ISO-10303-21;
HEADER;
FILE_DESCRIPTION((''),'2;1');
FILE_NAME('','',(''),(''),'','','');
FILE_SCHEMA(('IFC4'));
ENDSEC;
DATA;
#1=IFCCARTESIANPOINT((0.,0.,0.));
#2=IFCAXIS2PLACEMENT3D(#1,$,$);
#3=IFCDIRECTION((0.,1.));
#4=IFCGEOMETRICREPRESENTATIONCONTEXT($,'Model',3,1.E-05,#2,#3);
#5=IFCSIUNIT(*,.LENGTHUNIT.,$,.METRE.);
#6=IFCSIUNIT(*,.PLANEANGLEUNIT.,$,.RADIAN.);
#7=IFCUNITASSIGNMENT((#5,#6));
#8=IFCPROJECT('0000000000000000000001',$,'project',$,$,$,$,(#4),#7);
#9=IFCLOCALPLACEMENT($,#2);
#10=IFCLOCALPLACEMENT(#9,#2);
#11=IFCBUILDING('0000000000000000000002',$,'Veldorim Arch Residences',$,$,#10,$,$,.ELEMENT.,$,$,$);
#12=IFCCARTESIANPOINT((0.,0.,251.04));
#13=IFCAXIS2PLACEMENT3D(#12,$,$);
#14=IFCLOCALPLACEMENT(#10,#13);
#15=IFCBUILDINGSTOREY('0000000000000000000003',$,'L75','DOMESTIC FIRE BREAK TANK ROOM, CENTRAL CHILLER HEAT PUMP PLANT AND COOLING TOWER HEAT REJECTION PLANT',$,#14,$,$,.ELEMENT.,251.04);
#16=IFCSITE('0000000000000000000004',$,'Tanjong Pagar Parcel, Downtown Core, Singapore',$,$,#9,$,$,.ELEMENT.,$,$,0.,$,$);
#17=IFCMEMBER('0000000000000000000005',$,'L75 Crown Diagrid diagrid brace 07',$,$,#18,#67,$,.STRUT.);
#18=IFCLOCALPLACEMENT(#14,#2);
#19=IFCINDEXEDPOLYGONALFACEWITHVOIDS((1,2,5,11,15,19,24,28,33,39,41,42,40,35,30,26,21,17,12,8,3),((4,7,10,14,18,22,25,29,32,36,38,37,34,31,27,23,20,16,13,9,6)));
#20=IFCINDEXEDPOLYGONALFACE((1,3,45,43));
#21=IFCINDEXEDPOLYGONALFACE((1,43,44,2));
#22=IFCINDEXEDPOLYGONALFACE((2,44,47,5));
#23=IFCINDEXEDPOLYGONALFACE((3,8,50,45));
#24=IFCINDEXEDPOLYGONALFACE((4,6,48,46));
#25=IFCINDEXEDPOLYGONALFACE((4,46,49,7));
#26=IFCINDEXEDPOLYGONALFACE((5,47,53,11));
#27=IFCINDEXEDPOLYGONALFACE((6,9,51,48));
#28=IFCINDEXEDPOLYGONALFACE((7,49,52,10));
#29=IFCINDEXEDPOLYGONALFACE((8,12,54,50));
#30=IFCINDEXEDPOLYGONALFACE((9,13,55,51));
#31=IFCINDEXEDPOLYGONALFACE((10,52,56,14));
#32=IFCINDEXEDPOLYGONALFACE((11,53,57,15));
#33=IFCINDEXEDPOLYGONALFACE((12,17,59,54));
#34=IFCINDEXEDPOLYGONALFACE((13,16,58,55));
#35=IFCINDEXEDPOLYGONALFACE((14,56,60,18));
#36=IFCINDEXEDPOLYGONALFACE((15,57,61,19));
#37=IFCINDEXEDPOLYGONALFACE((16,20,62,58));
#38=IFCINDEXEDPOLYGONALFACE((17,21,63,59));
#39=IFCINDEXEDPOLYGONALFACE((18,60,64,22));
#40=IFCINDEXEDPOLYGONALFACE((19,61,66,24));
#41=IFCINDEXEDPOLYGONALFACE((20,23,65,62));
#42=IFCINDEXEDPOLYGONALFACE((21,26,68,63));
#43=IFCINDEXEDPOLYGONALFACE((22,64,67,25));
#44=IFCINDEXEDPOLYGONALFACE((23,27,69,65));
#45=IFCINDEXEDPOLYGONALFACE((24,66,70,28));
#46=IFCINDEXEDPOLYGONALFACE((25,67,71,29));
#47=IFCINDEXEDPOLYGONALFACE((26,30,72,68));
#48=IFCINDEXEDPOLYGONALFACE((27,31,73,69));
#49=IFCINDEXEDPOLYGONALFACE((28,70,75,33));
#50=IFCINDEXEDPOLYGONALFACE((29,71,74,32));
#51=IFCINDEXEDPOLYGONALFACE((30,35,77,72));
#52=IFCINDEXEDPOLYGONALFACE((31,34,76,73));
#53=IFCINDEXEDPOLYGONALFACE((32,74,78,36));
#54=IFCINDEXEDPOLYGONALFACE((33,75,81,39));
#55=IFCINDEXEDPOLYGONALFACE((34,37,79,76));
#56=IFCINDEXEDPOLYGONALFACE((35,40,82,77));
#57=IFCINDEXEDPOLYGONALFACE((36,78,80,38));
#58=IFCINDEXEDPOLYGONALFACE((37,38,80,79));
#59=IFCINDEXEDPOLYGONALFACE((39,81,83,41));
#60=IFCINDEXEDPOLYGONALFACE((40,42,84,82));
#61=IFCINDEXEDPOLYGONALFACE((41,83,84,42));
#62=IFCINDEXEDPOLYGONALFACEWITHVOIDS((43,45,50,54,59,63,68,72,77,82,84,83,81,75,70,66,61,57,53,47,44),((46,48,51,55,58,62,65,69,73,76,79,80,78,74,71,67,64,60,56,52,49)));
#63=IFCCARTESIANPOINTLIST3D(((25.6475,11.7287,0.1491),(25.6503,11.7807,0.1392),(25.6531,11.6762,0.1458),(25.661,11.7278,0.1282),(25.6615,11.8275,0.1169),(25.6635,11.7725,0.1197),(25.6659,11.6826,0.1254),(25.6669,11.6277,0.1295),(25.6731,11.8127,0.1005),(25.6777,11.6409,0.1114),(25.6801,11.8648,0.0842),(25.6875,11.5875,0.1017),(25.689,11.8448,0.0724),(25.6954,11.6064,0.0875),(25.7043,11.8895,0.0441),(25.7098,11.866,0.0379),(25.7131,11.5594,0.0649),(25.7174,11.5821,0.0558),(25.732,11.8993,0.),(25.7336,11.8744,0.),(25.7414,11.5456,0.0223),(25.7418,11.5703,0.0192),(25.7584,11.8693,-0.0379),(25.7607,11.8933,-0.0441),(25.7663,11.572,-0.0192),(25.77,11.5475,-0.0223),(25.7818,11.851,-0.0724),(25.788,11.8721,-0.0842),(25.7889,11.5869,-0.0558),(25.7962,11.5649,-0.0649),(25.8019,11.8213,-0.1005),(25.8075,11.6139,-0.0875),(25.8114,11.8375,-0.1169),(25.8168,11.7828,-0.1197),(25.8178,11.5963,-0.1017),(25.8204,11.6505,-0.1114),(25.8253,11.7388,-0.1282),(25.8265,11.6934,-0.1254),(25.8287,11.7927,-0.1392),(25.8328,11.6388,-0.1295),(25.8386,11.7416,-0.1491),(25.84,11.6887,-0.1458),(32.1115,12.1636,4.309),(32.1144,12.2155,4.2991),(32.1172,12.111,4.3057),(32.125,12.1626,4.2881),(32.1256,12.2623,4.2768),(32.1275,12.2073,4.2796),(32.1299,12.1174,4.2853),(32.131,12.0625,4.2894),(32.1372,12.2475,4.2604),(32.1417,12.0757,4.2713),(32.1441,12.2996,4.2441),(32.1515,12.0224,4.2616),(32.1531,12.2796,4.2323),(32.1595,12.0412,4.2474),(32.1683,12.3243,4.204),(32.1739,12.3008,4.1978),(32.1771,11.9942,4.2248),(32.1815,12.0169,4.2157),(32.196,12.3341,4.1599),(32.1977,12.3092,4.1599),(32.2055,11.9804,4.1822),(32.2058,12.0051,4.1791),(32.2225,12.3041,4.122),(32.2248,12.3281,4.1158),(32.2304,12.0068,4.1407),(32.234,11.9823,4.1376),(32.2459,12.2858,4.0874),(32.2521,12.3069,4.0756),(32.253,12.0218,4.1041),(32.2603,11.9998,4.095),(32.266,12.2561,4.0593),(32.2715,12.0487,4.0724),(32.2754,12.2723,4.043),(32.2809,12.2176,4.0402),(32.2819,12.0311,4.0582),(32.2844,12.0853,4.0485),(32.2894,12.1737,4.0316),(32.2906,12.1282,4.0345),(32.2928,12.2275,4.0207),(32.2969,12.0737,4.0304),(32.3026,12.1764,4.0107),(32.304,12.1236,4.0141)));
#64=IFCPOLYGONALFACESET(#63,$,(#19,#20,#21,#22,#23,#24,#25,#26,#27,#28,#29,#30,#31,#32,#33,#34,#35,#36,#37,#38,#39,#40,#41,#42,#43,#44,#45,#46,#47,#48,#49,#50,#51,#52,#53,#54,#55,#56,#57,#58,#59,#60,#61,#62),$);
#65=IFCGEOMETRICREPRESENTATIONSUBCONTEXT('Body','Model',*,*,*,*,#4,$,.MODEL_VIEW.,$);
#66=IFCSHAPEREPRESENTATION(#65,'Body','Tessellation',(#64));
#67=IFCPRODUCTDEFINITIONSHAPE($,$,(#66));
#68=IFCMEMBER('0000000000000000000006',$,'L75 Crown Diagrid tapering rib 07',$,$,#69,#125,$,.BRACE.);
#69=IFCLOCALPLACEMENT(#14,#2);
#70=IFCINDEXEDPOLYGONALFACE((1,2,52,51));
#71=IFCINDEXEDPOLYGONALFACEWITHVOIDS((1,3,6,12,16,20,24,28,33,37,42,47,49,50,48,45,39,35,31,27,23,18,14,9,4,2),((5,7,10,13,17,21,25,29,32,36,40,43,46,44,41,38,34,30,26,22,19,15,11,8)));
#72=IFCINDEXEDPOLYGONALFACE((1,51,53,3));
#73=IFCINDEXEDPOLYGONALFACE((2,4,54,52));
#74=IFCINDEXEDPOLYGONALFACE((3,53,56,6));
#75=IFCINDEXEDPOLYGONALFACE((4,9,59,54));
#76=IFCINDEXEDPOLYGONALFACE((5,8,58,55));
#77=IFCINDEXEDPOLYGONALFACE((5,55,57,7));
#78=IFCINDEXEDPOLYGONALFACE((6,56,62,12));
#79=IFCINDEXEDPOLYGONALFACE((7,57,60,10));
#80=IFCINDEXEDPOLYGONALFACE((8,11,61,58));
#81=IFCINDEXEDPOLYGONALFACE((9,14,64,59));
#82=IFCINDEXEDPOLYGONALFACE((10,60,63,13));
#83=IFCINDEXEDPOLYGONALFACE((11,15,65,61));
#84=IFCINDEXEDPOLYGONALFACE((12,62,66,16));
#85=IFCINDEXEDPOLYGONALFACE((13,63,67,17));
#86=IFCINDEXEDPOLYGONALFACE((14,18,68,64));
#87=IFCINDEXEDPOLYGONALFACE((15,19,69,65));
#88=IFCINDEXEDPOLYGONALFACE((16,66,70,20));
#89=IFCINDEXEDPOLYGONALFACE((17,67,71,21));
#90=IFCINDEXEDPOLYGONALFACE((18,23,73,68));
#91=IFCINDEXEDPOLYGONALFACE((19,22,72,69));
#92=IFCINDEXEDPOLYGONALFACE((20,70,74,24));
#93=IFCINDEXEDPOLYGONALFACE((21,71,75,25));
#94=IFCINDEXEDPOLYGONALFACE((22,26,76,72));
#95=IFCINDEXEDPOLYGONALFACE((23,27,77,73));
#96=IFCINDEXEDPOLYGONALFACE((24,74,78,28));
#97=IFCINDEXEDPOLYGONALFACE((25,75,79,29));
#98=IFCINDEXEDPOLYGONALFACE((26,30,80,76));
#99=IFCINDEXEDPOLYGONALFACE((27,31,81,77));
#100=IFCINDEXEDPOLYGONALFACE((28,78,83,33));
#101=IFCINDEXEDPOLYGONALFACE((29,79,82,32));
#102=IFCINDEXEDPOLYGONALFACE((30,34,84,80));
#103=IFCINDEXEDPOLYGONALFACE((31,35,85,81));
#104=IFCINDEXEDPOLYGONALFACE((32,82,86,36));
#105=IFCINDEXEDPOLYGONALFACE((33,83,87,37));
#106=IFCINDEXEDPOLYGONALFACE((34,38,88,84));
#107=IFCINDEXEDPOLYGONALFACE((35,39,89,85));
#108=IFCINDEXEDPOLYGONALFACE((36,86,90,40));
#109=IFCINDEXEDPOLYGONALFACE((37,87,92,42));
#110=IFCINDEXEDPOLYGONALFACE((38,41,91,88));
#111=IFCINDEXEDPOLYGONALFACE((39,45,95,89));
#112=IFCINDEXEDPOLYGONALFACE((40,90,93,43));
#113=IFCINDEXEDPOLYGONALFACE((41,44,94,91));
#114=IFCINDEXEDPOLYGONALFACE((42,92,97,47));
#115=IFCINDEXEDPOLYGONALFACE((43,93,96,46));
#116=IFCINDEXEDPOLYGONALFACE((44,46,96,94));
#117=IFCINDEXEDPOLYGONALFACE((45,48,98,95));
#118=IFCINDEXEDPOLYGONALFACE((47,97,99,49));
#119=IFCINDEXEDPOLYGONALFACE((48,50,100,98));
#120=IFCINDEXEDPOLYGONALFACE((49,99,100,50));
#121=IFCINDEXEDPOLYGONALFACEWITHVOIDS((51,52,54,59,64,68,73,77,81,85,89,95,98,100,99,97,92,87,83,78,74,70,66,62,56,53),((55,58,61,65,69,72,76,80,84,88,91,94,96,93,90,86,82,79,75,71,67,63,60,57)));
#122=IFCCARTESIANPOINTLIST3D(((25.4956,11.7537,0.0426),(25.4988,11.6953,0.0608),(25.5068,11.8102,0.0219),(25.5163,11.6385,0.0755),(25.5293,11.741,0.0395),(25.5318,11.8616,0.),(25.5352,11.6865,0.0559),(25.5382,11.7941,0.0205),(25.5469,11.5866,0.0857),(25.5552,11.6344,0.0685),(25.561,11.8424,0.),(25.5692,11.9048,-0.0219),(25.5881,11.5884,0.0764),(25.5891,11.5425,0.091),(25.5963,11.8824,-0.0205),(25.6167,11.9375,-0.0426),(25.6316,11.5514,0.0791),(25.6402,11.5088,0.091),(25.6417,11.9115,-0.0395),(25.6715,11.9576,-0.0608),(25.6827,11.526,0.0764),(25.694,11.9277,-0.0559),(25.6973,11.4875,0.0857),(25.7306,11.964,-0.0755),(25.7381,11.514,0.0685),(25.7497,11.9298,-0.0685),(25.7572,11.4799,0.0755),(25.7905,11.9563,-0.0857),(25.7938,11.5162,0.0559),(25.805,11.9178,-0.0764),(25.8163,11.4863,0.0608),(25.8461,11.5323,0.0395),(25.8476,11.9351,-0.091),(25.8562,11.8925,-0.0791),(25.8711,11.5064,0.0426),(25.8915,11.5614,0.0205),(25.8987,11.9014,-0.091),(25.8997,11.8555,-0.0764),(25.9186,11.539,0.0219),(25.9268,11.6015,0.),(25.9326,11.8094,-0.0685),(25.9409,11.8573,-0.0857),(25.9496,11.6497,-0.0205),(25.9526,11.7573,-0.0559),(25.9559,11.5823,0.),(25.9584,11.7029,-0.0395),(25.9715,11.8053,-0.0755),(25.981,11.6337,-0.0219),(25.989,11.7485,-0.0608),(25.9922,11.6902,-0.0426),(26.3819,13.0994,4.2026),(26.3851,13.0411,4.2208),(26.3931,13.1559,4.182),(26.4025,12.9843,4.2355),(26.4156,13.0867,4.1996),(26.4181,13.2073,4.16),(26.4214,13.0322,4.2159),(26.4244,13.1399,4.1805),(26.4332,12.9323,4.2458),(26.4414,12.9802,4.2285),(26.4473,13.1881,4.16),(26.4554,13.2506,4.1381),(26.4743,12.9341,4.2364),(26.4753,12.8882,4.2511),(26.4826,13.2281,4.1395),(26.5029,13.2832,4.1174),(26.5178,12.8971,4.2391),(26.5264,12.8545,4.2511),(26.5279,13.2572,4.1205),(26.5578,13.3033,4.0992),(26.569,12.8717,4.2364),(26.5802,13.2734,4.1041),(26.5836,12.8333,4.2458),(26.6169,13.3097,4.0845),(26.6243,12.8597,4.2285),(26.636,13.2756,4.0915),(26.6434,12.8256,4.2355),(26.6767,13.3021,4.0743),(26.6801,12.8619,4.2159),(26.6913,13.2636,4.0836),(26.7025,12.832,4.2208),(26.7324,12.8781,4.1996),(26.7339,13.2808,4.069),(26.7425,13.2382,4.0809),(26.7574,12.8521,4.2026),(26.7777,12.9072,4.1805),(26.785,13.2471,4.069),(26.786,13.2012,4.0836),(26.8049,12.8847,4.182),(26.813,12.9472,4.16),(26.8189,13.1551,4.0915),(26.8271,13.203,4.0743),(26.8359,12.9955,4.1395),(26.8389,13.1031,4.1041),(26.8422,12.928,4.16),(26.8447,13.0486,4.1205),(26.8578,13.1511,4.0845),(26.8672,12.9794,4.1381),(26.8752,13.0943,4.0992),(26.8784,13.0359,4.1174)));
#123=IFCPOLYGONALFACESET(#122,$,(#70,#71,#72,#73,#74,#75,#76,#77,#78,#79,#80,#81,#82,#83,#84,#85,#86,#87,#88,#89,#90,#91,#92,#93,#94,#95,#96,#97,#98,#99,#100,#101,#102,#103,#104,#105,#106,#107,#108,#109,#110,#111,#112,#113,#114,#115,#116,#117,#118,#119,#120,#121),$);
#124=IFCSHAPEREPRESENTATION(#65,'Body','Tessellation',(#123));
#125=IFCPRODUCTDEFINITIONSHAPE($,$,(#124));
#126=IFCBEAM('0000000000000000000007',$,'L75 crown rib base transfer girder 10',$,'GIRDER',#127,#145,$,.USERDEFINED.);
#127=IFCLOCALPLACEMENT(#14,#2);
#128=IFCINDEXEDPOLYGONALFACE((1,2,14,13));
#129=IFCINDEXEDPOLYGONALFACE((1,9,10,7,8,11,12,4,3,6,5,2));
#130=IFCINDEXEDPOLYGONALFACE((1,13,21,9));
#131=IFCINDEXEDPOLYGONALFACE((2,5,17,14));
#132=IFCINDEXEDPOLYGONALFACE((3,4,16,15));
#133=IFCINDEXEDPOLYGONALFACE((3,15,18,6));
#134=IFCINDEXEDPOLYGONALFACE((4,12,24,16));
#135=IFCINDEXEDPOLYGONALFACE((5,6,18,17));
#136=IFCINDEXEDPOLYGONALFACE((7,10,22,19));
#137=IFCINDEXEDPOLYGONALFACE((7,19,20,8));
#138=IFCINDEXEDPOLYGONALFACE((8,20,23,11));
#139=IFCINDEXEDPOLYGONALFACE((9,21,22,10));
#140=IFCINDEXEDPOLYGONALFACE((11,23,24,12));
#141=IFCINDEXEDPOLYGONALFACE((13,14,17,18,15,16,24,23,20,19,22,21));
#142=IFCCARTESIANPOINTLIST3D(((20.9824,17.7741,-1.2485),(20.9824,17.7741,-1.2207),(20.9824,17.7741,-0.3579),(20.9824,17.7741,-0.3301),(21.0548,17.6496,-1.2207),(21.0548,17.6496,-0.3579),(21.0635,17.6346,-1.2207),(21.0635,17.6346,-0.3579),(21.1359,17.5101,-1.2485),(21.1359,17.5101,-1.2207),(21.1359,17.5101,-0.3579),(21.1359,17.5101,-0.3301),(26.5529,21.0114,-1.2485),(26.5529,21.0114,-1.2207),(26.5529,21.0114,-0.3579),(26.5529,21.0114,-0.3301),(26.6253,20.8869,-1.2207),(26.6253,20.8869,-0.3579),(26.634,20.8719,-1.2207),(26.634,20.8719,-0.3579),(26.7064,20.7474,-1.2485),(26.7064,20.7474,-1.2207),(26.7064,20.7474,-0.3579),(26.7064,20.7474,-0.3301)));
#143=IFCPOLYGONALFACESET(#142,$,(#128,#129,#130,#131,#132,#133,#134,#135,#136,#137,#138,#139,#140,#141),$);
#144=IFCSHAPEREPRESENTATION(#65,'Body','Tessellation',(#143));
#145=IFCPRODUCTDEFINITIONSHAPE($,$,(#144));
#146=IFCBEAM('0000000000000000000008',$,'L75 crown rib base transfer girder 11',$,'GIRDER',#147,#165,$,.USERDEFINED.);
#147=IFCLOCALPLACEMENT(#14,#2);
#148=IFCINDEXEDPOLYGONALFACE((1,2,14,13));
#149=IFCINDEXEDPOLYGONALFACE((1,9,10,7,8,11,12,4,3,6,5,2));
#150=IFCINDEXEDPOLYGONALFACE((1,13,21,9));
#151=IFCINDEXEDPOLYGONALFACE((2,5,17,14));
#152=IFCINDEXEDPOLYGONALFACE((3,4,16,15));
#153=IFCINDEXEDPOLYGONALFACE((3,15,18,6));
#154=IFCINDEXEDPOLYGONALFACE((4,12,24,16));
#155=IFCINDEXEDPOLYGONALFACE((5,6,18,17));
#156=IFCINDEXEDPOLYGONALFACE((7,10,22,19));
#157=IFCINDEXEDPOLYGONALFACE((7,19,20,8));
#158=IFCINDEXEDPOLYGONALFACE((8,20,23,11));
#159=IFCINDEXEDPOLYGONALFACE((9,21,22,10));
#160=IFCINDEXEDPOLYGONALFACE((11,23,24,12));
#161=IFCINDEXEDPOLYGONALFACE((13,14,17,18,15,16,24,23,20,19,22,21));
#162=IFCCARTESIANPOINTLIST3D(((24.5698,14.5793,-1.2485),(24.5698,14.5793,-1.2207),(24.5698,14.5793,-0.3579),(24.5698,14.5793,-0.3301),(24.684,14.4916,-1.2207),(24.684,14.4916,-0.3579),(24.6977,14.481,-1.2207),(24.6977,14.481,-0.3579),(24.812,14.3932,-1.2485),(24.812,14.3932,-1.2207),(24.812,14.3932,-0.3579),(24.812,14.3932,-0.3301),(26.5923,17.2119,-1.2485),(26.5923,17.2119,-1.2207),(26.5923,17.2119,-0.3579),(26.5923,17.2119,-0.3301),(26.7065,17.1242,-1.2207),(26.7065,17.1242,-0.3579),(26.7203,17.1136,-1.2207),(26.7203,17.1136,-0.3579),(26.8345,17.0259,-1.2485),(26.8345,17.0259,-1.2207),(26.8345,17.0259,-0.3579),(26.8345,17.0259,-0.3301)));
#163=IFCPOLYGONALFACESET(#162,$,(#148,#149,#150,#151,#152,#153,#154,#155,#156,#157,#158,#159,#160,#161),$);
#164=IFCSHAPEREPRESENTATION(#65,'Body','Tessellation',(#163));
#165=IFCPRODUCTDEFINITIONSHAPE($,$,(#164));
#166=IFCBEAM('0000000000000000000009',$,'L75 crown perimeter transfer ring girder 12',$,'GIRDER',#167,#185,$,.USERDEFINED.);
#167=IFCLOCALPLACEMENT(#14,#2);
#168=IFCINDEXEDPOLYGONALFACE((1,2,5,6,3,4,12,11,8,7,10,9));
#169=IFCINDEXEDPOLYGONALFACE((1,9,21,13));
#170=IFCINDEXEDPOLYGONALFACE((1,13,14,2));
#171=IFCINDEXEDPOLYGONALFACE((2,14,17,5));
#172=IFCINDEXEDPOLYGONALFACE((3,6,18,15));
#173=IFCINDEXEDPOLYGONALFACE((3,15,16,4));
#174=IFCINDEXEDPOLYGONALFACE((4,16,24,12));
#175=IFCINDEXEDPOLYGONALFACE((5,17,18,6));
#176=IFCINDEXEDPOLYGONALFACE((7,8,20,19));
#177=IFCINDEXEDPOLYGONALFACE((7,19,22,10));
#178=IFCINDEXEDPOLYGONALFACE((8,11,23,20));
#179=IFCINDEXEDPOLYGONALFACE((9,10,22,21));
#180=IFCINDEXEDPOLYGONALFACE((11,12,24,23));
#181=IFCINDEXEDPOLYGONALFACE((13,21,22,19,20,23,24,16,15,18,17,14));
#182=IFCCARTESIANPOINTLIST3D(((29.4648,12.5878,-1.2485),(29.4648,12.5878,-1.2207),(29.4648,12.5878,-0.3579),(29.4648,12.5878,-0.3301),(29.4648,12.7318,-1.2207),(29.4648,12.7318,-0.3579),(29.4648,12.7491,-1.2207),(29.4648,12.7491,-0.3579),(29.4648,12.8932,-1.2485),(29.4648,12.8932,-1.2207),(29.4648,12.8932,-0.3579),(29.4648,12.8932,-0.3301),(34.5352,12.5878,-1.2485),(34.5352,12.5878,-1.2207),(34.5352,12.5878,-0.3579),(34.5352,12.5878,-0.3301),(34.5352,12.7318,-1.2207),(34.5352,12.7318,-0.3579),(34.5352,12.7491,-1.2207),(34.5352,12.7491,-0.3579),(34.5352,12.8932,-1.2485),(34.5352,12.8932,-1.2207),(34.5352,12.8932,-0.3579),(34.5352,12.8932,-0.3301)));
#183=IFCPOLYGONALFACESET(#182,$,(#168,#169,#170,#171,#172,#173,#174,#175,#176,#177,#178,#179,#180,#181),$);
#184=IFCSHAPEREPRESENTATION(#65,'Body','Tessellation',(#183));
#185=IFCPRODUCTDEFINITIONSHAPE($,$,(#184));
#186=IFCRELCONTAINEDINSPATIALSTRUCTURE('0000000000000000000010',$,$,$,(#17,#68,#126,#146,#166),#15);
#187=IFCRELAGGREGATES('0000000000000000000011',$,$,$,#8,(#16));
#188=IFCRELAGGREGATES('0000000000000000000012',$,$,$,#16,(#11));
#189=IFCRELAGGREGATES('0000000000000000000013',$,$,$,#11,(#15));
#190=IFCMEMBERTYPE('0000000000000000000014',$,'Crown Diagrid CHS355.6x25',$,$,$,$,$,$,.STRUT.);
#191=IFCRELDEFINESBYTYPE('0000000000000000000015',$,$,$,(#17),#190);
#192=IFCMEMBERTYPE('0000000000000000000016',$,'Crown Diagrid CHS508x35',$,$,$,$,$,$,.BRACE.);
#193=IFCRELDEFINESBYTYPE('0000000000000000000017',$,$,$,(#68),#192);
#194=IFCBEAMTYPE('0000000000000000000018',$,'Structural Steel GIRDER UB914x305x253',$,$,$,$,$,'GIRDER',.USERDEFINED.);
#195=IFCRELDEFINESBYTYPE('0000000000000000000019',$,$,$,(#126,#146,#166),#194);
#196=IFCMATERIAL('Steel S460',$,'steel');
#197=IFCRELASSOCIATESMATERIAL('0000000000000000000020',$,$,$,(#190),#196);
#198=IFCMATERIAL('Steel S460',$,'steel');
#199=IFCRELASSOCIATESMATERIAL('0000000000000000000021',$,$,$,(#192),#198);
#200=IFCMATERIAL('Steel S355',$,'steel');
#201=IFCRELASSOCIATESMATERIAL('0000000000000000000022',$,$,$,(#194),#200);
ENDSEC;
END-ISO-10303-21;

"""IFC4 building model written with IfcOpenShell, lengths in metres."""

from ifc_helpers import new_model, si_unit, direction, frame, origin, origin_2d, place, context, subcontext, project, spatial, hollow_circle, i_section, extrude, material, material_profile, profile_set, type_object, element, save


model = new_model("IFC4")

# Units and contexts
model_context = context("Model", 3, precision=1e-05, world=origin(), true_north=direction((0.0, 1.0)))
body_context = subcontext(model_context, "Body", "Model", "MODEL_VIEW")
ifc_project = project(units=[si_unit("LENGTHUNIT", "METRE"), si_unit("PLANEANGLEUNIT", "RADIAN")], contexts=[model_context])

# Site, building, storey
site_placement = place(None, origin())
site = spatial("IfcSite", under=ifc_project, at=site_placement, Name="Tanjong Pagar Parcel, Downtown Core, Singapore", CompositionType="ELEMENT", RefElevation=0.0)
building_placement = place(site_placement, origin())
building = spatial("IfcBuilding", under=site, at=building_placement, Name="Veldorim Arch Residences", CompositionType="ELEMENT")
storey_placement = place(building_placement, frame((0.0, 0.0, 251.04)))
storey = spatial("IfcBuildingStorey", under=building, at=storey_placement, Name="L75", Description="DOMESTIC FIRE BREAK TANK ROOM, CENTRAL CHILLER HEAT PUMP PLANT AND COOLING TOWER HEAT REJECTION PLANT", CompositionType="ELEMENT", Elevation=251.04)

# Members
ifc_material_1 = material(Name="Steel S460", Category="steel")
ifc_material_profile_1 = material_profile(ifc_material_1, hollow_circle(Radius=0.1777, WallThickness=0.0249, at=origin_2d()), Name="CHS355.6x25")
ifc_profile_set_1 = profile_set([ifc_material_profile_1], Name="Steel S460")
member_type_1 = type_object("IfcMemberType", Name="Crown Diagrid CHS355.6x25", PredefinedType="STRUT", material=ifc_profile_set_1)
member_1_placement = place(storey_placement, frame((25.7439, 11.7219, 0.0), z_axis=(0.839575, 0.056475, 0.5403), x_axis=(-0.067114, 0.997745, 0.0)))
element("IfcMember", 1, at=member_1_placement, inside=storey, type_object=member_type_1, Name="L75 Crown Diagrid diagrid brace 07", PredefinedType="STRUT", context=body_context, shape_type="SweptSolid", body=[
    extrude(hollow_circle(Radius=0.1777, WallThickness=0.0249, at=origin_2d()), origin(), (0.0, 0.0, 1.0), 7.6992),
])
ifc_material_2 = material(Name="Steel S460", Category="steel")
ifc_material_profile_2 = material_profile(ifc_material_2, hollow_circle(Radius=0.2539, WallThickness=0.0349, at=origin_2d()), Name="CHS508x35")
ifc_profile_set_2 = profile_set([ifc_material_profile_2], Name="Steel S460")
member_type_2 = type_object("IfcMemberType", Name="Crown Diagrid CHS508x35", PredefinedType="BRACE", material=ifc_profile_set_2)
member_2_placement = place(storey_placement, frame((25.7439, 11.7219, 0.0), z_axis=(0.198659, 0.301654, 0.932491), x_axis=(-0.835161, 0.550006, 0.0)))
element("IfcMember", 2, at=member_2_placement, inside=storey, type_object=member_type_2, Name="L75 Crown Diagrid tapering rib 07", PredefinedType="BRACE", context=body_context, shape_type="SweptSolid", body=[
    extrude(hollow_circle(Radius=0.2539, WallThickness=0.0349, at=origin_2d()), origin(), (0.0, 0.0, 1.0), 4.4612),
])

# Beams
ifc_material_3 = material(Name="Steel S355", Category="steel")
ifc_material_profile_3 = material_profile(ifc_material_3, i_section(OverallWidth=0.3054, OverallDepth=0.9185, WebThickness=0.0173, FlangeThickness=0.0278, at=origin_2d()), Name="UB914x305x253")
ifc_profile_set_3 = profile_set([ifc_material_profile_3], Name="Steel S355")
beam_type = type_object("IfcBeamType", Name="Structural Steel GIRDER UB914x305x253", ElementType="GIRDER", PredefinedType="USERDEFINED", material=ifc_profile_set_3)
beam_1_placement = place(storey_placement, frame((26.6296, 20.8794, -0.7893), z_axis=(-0.864601, -0.502459, 0.0), x_axis=(0.502459, -0.864601, 0.0)))
element("IfcBeam", 3, at=beam_1_placement, inside=storey, type_object=beam_type, Name="L75 crown rib base transfer girder 10", ObjectType="GIRDER", PredefinedType="USERDEFINED", context=body_context, shape_type="SweptSolid", body=[
    extrude(i_section(OverallWidth=0.3054, OverallDepth=0.9185, WebThickness=0.0173, FlangeThickness=0.0278, at=origin_2d()), origin(), (0.0, 0.0, 1.0), 6.4429),
])
beam_2_placement = place(storey_placement, frame((26.7134, 17.1189, -0.7893), z_axis=(-0.60922, -0.793001, 0.0), x_axis=(0.793001, -0.60922, 0.0)))
element("IfcBeam", 4, at=beam_2_placement, inside=storey, type_object=beam_type, Name="L75 crown rib base transfer girder 11", ObjectType="GIRDER", PredefinedType="USERDEFINED", context=body_context, shape_type="SweptSolid", body=[
    extrude(i_section(OverallWidth=0.3054, OverallDepth=0.9185, WebThickness=0.0173, FlangeThickness=0.0278, at=origin_2d()), origin(), (0.0, 0.0, 1.0), 3.3198),
])
beam_3_placement = place(storey_placement, frame((29.4648, 12.7405, -0.7893), z_axis=(1.0, 0.0, 0.0), x_axis=(0.0, 1.0, 0.0)))
element("IfcBeam", 5, at=beam_3_placement, inside=storey, type_object=beam_type, Name="L75 crown perimeter transfer ring girder 12", ObjectType="GIRDER", PredefinedType="USERDEFINED", context=body_context, shape_type="SweptSolid", body=[
    extrude(i_section(OverallWidth=0.3054, OverallDepth=0.9185, WebThickness=0.0173, FlangeThickness=0.0278, at=origin_2d()), origin(), (0.0, 0.0, 1.0), 5.0703),
])

save(model, "model.ifc")
